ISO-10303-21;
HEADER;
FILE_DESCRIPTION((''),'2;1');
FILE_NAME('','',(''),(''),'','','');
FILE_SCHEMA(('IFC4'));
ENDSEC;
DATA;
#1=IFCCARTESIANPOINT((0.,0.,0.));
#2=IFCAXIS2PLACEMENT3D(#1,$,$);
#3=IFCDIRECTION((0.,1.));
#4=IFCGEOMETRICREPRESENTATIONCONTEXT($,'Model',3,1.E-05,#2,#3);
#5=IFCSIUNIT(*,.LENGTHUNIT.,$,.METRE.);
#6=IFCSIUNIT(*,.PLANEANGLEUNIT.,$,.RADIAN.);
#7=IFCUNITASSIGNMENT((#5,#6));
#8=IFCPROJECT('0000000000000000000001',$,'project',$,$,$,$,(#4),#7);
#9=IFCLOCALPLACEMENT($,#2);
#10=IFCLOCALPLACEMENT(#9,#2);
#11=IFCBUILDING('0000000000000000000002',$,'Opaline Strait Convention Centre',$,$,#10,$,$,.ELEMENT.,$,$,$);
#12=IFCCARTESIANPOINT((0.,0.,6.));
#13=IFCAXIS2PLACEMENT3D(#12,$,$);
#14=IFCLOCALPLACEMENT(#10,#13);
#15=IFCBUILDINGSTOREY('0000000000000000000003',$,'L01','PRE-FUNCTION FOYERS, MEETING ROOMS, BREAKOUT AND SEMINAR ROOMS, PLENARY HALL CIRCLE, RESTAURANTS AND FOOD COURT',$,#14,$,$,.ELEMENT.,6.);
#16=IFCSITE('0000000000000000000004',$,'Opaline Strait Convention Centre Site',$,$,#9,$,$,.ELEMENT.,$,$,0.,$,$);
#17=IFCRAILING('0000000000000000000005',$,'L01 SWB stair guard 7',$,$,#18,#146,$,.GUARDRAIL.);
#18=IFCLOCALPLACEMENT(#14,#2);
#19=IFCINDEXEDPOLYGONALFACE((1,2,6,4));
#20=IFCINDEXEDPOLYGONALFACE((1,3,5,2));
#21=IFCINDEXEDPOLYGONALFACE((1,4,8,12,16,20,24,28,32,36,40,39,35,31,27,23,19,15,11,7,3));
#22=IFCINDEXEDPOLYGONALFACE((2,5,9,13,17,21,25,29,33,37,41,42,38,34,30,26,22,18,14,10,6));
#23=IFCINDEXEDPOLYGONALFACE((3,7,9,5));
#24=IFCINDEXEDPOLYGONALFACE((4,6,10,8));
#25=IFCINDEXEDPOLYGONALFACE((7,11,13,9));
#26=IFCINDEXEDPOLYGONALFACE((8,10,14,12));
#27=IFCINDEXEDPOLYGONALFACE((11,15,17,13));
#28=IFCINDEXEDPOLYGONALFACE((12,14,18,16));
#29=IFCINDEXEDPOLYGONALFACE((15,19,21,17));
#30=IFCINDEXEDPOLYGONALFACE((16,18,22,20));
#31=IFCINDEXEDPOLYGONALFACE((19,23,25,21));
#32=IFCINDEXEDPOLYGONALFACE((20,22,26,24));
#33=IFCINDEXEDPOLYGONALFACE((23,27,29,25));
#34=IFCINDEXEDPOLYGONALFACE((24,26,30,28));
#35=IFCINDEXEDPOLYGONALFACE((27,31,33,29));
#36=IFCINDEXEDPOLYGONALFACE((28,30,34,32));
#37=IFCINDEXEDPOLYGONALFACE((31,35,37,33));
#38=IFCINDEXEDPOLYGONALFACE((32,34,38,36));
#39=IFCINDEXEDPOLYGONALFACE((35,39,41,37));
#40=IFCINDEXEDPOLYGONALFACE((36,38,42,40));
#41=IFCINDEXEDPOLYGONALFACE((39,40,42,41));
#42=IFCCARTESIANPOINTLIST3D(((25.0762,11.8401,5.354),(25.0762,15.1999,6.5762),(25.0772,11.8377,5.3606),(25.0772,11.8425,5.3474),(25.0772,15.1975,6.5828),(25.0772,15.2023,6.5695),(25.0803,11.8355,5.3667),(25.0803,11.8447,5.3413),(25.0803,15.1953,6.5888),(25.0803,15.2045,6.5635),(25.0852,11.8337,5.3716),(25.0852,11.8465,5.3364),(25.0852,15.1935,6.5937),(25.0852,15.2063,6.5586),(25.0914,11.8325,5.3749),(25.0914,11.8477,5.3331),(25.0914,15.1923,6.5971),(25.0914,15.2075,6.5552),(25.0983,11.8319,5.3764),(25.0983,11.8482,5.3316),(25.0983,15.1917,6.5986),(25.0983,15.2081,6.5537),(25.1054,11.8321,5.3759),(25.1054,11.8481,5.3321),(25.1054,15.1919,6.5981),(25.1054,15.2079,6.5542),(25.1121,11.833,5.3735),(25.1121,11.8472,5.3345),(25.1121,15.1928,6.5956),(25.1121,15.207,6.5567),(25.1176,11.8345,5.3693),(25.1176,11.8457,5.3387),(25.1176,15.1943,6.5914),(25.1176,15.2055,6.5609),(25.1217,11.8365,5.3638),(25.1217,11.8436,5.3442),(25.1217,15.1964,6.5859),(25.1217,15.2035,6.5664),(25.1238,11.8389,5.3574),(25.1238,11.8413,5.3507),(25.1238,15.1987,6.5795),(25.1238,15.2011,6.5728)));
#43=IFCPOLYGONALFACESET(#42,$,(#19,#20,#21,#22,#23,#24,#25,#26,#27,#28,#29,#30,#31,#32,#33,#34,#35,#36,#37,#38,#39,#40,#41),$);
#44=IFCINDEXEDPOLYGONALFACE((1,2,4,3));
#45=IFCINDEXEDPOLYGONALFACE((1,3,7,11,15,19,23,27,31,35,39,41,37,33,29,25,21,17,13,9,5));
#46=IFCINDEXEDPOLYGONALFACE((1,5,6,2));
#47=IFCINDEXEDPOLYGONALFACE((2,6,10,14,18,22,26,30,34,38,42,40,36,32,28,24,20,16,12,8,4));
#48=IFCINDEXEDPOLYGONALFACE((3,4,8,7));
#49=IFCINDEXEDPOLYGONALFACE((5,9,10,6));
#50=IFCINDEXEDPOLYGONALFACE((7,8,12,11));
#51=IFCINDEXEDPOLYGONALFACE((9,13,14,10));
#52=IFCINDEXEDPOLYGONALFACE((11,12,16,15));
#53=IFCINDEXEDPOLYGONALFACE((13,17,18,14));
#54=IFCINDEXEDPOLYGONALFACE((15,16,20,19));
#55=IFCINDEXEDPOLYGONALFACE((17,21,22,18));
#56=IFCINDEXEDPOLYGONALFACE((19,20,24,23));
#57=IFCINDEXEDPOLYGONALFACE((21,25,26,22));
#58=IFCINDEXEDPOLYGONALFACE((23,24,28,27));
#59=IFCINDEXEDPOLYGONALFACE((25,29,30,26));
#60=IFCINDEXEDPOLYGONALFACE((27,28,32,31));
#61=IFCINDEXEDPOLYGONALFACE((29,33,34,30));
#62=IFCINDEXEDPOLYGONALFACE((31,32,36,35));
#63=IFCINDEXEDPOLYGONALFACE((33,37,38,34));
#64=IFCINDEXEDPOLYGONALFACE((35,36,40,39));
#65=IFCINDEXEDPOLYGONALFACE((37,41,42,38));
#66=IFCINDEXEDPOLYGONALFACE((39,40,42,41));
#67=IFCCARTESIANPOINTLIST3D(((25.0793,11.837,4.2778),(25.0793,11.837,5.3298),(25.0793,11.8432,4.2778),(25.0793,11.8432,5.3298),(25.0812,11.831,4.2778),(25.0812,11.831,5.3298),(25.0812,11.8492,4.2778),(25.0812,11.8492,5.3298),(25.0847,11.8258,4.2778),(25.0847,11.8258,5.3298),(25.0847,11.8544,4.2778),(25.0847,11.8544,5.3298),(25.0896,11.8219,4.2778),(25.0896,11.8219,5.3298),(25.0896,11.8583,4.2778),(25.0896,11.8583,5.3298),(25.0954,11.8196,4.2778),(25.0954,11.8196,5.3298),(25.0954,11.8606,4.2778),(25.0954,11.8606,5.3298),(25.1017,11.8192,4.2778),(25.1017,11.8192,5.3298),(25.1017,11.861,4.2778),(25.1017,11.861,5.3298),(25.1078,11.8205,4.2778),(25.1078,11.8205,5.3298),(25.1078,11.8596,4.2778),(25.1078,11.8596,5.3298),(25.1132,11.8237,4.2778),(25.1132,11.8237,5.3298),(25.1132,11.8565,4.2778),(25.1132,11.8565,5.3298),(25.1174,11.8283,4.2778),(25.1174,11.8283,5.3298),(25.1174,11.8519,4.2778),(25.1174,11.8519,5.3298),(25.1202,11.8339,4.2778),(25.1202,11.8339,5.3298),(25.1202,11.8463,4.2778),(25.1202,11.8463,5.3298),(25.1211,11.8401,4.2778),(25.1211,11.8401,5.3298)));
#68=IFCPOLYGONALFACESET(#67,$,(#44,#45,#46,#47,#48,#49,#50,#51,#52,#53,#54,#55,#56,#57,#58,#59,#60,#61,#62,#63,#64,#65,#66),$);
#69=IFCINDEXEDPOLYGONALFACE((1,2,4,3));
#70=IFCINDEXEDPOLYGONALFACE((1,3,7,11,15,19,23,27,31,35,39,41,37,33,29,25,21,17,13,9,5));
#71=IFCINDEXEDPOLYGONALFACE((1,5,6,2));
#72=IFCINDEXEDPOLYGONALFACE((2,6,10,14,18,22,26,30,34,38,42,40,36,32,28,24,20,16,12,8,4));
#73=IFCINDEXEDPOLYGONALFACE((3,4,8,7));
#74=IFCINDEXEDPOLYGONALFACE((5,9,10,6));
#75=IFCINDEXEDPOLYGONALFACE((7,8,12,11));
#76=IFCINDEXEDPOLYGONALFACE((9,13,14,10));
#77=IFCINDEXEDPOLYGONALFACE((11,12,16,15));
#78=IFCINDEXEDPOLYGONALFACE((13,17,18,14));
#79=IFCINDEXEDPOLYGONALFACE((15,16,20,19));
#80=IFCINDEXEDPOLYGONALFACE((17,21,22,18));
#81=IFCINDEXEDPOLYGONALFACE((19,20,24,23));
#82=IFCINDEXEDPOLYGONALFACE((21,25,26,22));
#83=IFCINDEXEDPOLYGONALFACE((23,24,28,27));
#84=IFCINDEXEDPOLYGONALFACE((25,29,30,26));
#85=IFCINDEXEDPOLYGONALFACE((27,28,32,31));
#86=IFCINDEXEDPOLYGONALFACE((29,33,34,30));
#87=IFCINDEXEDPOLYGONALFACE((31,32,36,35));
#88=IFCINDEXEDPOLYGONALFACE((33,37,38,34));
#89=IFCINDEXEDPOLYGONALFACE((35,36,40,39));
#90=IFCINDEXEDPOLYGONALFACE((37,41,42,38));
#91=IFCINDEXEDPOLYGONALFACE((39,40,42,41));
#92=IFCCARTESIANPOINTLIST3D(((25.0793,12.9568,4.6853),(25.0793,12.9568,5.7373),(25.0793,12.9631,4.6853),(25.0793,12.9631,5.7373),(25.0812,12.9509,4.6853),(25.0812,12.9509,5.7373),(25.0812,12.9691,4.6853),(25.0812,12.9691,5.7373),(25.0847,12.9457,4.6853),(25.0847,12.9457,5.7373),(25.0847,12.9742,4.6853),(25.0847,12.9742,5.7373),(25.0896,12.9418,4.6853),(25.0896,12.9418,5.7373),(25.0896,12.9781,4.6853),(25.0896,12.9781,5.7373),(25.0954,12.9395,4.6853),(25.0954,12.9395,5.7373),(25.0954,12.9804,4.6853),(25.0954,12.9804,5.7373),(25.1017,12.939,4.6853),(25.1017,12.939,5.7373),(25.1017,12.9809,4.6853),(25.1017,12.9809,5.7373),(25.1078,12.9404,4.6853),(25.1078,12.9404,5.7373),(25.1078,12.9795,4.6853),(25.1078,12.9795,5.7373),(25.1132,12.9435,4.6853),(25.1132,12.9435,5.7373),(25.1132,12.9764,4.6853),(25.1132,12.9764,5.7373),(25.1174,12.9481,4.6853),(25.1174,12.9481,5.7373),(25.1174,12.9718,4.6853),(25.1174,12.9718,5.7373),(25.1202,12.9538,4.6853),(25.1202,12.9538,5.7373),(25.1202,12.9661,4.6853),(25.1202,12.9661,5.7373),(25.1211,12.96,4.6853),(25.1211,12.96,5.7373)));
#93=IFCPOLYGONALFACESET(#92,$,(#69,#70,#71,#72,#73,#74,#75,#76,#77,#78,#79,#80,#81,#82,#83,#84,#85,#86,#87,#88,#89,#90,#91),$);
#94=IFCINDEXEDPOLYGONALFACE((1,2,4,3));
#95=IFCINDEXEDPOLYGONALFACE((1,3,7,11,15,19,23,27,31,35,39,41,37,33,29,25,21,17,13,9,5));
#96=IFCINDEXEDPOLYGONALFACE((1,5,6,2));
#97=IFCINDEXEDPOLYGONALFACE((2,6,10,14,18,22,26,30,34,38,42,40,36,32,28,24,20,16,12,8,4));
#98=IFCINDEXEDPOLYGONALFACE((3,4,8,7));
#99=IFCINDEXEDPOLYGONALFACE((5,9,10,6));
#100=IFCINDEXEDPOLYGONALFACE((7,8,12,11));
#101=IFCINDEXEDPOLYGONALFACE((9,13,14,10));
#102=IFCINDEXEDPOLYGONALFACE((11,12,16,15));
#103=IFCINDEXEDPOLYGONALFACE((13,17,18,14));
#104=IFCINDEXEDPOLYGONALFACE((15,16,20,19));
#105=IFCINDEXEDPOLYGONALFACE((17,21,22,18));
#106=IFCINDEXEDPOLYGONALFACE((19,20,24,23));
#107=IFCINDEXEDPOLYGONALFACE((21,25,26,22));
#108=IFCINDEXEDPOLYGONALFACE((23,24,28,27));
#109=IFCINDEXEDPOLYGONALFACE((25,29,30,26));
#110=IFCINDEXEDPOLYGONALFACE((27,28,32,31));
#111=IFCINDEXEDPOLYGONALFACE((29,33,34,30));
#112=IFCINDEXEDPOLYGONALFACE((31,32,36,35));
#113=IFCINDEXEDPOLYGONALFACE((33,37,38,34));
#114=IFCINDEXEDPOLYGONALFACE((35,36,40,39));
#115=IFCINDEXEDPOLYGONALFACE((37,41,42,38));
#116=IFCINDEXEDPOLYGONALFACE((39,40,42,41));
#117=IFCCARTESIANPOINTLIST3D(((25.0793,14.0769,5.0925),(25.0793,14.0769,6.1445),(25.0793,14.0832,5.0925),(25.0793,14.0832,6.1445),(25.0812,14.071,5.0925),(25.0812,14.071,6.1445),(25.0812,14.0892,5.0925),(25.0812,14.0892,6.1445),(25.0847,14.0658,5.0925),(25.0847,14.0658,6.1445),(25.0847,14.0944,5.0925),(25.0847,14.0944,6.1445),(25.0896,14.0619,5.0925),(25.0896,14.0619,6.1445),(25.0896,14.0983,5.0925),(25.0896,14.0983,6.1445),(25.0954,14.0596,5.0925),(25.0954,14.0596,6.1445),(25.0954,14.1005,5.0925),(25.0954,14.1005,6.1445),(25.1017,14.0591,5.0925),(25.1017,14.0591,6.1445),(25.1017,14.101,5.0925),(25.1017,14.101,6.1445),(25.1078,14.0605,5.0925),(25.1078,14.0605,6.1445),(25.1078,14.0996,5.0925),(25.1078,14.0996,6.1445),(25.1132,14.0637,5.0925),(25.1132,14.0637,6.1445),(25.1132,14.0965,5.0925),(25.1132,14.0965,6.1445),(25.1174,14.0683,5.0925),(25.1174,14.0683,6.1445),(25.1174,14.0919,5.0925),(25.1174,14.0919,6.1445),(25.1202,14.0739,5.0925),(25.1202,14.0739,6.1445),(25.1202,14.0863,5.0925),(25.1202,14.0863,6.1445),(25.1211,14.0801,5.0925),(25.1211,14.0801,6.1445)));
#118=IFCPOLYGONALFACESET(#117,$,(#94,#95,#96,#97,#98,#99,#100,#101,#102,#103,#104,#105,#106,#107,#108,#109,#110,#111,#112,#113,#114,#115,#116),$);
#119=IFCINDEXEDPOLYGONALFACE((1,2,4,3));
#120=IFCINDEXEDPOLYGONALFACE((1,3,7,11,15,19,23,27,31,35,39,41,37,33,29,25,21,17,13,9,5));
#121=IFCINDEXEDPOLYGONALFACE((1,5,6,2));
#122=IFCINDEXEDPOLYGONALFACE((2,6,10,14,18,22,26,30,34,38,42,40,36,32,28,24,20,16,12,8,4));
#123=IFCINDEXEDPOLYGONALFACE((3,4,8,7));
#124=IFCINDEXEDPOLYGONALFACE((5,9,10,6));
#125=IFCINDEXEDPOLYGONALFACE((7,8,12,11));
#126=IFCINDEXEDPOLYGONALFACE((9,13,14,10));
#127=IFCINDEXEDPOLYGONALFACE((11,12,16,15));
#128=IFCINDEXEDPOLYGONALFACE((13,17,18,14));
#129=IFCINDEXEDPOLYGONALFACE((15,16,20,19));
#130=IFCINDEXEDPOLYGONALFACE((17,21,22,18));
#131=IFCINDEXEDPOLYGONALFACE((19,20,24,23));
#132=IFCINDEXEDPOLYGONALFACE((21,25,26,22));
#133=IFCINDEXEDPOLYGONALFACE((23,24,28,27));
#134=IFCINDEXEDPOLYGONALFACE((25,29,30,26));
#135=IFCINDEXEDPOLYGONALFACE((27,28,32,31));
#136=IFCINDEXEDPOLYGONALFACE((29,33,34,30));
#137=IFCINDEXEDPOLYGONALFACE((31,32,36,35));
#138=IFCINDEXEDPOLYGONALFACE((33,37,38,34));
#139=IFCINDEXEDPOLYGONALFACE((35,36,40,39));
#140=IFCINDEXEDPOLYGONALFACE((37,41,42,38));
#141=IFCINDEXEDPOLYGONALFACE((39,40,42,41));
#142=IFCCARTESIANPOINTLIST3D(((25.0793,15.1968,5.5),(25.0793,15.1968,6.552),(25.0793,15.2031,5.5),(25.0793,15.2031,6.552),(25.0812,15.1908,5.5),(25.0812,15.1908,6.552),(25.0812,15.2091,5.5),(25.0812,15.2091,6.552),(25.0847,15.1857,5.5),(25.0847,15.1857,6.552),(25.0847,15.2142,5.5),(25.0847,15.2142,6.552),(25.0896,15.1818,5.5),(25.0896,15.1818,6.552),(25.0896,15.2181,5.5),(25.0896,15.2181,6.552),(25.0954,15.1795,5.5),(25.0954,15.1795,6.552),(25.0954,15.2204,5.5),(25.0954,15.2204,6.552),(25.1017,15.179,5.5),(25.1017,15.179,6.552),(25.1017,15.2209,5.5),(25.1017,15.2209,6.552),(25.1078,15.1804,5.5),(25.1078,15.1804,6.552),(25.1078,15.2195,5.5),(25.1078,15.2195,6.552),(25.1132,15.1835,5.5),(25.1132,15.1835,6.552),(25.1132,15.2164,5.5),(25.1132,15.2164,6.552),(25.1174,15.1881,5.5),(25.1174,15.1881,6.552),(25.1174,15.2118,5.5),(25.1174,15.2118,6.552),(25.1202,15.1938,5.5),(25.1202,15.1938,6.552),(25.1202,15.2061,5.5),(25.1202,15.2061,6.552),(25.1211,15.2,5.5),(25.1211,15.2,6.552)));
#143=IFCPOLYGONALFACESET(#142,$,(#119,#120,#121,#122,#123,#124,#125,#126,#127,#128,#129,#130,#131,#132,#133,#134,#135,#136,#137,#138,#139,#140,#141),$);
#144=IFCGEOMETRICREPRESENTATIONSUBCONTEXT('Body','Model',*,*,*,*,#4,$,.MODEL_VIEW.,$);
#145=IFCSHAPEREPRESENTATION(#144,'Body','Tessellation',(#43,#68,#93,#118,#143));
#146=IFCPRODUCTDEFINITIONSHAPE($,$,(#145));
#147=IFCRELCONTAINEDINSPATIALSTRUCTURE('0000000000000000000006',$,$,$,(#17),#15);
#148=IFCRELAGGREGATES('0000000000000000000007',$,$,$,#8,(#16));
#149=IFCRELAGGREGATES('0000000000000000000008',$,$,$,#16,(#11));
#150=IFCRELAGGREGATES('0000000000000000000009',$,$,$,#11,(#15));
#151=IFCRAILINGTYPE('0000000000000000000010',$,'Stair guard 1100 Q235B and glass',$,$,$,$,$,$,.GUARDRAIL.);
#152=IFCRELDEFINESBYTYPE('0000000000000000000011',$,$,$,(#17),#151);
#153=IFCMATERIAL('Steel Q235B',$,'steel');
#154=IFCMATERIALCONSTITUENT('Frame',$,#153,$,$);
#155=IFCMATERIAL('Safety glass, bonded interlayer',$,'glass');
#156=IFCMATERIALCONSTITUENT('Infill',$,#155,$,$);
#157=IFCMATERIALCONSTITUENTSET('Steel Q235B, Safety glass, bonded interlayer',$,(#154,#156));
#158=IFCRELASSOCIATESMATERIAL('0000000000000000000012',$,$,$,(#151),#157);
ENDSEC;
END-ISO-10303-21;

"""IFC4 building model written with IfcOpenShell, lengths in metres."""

from ifc_helpers import new_model, si_unit, direction, frame, origin, origin_2d, place, context, subcontext, project, spatial, circle, extrude, material, constituent, constituent_set, type_object, element, save


model = new_model("IFC4")

# Units and contexts
model_context = context("Model", 3, precision=1e-05, world=origin(), true_north=direction((0.0, 1.0)))
body_context = subcontext(model_context, "Body", "Model", "MODEL_VIEW")
ifc_project = project(units=[si_unit("LENGTHUNIT", "METRE"), si_unit("PLANEANGLEUNIT", "RADIAN")], contexts=[model_context])

# Site, building, storey
site_placement = place(None, origin())
site = spatial("IfcSite", under=ifc_project, at=site_placement, Name="Opaline Strait Convention Centre Site", CompositionType="ELEMENT", RefElevation=0.0)
building_placement = place(site_placement, origin())
building = spatial("IfcBuilding", under=site, at=building_placement, Name="Opaline Strait Convention Centre", CompositionType="ELEMENT")
storey_placement = place(building_placement, frame((0.0, 0.0, 6.0)))
storey = spatial("IfcBuildingStorey", under=building, at=storey_placement, Name="L01", Description="PRE-FUNCTION FOYERS, MEETING ROOMS, BREAKOUT AND SEMINAR ROOMS, PLENARY HALL CIRCLE, RESTAURANTS AND FOOD COURT", CompositionType="ELEMENT", Elevation=6.0)

# Railing
ifc_material_1 = material(Name="Steel Q235B", Category="steel")
ifc_constituent_1 = constituent(ifc_material_1, Name="Frame")
ifc_material_2 = material(Name="Safety glass, bonded interlayer", Category="glass")
ifc_constituent_2 = constituent(ifc_material_2, Name="Infill")
ifc_constituent_set = constituent_set(constituents=[ifc_constituent_1, ifc_constituent_2], Name="Steel Q235B, Safety glass, bonded interlayer")
railing_type_1 = type_object("IfcRailingType", Name="Stair guard 1100 Q235B and glass", PredefinedType="GUARDRAIL", material=ifc_constituent_set)
railing_1_placement = place(storey_placement, frame((25.1001, 11.8401, 4.2778)))
element("IfcRailing", 1, at=railing_1_placement, inside=storey, type_object=railing_type_1, Name="L01 SWB stair guard 7", PredefinedType="GUARDRAIL", context=body_context, shape_type="SweptSolid", body=[
    extrude(circle(Radius=0.0239, at=origin_2d()), frame((0.0, 0.0, 1.0762), z_axis=(0.0, 0.939758, 0.341842), x_axis=(-1.0, 0.0, 0.0)), (0.0, 0.0, 1.0), 3.5752),
    extrude(circle(Radius=0.021, at=origin_2d()), origin(), (0.0, 0.0, 1.0), 1.052),
    extrude(circle(Radius=0.021, at=origin_2d()), frame((0.0, 1.1199, 0.4075)), (0.0, 0.0, 1.0), 1.052),
    extrude(circle(Radius=0.021, at=origin_2d()), frame((0.0, 2.24, 0.8147)), (0.0, 0.0, 1.0), 1.052),
    extrude(circle(Radius=0.021, at=origin_2d()), frame((0.0, 3.3599, 1.2222)), (0.0, 0.0, 1.0), 1.052),
])

save(model, "model.ifc")
